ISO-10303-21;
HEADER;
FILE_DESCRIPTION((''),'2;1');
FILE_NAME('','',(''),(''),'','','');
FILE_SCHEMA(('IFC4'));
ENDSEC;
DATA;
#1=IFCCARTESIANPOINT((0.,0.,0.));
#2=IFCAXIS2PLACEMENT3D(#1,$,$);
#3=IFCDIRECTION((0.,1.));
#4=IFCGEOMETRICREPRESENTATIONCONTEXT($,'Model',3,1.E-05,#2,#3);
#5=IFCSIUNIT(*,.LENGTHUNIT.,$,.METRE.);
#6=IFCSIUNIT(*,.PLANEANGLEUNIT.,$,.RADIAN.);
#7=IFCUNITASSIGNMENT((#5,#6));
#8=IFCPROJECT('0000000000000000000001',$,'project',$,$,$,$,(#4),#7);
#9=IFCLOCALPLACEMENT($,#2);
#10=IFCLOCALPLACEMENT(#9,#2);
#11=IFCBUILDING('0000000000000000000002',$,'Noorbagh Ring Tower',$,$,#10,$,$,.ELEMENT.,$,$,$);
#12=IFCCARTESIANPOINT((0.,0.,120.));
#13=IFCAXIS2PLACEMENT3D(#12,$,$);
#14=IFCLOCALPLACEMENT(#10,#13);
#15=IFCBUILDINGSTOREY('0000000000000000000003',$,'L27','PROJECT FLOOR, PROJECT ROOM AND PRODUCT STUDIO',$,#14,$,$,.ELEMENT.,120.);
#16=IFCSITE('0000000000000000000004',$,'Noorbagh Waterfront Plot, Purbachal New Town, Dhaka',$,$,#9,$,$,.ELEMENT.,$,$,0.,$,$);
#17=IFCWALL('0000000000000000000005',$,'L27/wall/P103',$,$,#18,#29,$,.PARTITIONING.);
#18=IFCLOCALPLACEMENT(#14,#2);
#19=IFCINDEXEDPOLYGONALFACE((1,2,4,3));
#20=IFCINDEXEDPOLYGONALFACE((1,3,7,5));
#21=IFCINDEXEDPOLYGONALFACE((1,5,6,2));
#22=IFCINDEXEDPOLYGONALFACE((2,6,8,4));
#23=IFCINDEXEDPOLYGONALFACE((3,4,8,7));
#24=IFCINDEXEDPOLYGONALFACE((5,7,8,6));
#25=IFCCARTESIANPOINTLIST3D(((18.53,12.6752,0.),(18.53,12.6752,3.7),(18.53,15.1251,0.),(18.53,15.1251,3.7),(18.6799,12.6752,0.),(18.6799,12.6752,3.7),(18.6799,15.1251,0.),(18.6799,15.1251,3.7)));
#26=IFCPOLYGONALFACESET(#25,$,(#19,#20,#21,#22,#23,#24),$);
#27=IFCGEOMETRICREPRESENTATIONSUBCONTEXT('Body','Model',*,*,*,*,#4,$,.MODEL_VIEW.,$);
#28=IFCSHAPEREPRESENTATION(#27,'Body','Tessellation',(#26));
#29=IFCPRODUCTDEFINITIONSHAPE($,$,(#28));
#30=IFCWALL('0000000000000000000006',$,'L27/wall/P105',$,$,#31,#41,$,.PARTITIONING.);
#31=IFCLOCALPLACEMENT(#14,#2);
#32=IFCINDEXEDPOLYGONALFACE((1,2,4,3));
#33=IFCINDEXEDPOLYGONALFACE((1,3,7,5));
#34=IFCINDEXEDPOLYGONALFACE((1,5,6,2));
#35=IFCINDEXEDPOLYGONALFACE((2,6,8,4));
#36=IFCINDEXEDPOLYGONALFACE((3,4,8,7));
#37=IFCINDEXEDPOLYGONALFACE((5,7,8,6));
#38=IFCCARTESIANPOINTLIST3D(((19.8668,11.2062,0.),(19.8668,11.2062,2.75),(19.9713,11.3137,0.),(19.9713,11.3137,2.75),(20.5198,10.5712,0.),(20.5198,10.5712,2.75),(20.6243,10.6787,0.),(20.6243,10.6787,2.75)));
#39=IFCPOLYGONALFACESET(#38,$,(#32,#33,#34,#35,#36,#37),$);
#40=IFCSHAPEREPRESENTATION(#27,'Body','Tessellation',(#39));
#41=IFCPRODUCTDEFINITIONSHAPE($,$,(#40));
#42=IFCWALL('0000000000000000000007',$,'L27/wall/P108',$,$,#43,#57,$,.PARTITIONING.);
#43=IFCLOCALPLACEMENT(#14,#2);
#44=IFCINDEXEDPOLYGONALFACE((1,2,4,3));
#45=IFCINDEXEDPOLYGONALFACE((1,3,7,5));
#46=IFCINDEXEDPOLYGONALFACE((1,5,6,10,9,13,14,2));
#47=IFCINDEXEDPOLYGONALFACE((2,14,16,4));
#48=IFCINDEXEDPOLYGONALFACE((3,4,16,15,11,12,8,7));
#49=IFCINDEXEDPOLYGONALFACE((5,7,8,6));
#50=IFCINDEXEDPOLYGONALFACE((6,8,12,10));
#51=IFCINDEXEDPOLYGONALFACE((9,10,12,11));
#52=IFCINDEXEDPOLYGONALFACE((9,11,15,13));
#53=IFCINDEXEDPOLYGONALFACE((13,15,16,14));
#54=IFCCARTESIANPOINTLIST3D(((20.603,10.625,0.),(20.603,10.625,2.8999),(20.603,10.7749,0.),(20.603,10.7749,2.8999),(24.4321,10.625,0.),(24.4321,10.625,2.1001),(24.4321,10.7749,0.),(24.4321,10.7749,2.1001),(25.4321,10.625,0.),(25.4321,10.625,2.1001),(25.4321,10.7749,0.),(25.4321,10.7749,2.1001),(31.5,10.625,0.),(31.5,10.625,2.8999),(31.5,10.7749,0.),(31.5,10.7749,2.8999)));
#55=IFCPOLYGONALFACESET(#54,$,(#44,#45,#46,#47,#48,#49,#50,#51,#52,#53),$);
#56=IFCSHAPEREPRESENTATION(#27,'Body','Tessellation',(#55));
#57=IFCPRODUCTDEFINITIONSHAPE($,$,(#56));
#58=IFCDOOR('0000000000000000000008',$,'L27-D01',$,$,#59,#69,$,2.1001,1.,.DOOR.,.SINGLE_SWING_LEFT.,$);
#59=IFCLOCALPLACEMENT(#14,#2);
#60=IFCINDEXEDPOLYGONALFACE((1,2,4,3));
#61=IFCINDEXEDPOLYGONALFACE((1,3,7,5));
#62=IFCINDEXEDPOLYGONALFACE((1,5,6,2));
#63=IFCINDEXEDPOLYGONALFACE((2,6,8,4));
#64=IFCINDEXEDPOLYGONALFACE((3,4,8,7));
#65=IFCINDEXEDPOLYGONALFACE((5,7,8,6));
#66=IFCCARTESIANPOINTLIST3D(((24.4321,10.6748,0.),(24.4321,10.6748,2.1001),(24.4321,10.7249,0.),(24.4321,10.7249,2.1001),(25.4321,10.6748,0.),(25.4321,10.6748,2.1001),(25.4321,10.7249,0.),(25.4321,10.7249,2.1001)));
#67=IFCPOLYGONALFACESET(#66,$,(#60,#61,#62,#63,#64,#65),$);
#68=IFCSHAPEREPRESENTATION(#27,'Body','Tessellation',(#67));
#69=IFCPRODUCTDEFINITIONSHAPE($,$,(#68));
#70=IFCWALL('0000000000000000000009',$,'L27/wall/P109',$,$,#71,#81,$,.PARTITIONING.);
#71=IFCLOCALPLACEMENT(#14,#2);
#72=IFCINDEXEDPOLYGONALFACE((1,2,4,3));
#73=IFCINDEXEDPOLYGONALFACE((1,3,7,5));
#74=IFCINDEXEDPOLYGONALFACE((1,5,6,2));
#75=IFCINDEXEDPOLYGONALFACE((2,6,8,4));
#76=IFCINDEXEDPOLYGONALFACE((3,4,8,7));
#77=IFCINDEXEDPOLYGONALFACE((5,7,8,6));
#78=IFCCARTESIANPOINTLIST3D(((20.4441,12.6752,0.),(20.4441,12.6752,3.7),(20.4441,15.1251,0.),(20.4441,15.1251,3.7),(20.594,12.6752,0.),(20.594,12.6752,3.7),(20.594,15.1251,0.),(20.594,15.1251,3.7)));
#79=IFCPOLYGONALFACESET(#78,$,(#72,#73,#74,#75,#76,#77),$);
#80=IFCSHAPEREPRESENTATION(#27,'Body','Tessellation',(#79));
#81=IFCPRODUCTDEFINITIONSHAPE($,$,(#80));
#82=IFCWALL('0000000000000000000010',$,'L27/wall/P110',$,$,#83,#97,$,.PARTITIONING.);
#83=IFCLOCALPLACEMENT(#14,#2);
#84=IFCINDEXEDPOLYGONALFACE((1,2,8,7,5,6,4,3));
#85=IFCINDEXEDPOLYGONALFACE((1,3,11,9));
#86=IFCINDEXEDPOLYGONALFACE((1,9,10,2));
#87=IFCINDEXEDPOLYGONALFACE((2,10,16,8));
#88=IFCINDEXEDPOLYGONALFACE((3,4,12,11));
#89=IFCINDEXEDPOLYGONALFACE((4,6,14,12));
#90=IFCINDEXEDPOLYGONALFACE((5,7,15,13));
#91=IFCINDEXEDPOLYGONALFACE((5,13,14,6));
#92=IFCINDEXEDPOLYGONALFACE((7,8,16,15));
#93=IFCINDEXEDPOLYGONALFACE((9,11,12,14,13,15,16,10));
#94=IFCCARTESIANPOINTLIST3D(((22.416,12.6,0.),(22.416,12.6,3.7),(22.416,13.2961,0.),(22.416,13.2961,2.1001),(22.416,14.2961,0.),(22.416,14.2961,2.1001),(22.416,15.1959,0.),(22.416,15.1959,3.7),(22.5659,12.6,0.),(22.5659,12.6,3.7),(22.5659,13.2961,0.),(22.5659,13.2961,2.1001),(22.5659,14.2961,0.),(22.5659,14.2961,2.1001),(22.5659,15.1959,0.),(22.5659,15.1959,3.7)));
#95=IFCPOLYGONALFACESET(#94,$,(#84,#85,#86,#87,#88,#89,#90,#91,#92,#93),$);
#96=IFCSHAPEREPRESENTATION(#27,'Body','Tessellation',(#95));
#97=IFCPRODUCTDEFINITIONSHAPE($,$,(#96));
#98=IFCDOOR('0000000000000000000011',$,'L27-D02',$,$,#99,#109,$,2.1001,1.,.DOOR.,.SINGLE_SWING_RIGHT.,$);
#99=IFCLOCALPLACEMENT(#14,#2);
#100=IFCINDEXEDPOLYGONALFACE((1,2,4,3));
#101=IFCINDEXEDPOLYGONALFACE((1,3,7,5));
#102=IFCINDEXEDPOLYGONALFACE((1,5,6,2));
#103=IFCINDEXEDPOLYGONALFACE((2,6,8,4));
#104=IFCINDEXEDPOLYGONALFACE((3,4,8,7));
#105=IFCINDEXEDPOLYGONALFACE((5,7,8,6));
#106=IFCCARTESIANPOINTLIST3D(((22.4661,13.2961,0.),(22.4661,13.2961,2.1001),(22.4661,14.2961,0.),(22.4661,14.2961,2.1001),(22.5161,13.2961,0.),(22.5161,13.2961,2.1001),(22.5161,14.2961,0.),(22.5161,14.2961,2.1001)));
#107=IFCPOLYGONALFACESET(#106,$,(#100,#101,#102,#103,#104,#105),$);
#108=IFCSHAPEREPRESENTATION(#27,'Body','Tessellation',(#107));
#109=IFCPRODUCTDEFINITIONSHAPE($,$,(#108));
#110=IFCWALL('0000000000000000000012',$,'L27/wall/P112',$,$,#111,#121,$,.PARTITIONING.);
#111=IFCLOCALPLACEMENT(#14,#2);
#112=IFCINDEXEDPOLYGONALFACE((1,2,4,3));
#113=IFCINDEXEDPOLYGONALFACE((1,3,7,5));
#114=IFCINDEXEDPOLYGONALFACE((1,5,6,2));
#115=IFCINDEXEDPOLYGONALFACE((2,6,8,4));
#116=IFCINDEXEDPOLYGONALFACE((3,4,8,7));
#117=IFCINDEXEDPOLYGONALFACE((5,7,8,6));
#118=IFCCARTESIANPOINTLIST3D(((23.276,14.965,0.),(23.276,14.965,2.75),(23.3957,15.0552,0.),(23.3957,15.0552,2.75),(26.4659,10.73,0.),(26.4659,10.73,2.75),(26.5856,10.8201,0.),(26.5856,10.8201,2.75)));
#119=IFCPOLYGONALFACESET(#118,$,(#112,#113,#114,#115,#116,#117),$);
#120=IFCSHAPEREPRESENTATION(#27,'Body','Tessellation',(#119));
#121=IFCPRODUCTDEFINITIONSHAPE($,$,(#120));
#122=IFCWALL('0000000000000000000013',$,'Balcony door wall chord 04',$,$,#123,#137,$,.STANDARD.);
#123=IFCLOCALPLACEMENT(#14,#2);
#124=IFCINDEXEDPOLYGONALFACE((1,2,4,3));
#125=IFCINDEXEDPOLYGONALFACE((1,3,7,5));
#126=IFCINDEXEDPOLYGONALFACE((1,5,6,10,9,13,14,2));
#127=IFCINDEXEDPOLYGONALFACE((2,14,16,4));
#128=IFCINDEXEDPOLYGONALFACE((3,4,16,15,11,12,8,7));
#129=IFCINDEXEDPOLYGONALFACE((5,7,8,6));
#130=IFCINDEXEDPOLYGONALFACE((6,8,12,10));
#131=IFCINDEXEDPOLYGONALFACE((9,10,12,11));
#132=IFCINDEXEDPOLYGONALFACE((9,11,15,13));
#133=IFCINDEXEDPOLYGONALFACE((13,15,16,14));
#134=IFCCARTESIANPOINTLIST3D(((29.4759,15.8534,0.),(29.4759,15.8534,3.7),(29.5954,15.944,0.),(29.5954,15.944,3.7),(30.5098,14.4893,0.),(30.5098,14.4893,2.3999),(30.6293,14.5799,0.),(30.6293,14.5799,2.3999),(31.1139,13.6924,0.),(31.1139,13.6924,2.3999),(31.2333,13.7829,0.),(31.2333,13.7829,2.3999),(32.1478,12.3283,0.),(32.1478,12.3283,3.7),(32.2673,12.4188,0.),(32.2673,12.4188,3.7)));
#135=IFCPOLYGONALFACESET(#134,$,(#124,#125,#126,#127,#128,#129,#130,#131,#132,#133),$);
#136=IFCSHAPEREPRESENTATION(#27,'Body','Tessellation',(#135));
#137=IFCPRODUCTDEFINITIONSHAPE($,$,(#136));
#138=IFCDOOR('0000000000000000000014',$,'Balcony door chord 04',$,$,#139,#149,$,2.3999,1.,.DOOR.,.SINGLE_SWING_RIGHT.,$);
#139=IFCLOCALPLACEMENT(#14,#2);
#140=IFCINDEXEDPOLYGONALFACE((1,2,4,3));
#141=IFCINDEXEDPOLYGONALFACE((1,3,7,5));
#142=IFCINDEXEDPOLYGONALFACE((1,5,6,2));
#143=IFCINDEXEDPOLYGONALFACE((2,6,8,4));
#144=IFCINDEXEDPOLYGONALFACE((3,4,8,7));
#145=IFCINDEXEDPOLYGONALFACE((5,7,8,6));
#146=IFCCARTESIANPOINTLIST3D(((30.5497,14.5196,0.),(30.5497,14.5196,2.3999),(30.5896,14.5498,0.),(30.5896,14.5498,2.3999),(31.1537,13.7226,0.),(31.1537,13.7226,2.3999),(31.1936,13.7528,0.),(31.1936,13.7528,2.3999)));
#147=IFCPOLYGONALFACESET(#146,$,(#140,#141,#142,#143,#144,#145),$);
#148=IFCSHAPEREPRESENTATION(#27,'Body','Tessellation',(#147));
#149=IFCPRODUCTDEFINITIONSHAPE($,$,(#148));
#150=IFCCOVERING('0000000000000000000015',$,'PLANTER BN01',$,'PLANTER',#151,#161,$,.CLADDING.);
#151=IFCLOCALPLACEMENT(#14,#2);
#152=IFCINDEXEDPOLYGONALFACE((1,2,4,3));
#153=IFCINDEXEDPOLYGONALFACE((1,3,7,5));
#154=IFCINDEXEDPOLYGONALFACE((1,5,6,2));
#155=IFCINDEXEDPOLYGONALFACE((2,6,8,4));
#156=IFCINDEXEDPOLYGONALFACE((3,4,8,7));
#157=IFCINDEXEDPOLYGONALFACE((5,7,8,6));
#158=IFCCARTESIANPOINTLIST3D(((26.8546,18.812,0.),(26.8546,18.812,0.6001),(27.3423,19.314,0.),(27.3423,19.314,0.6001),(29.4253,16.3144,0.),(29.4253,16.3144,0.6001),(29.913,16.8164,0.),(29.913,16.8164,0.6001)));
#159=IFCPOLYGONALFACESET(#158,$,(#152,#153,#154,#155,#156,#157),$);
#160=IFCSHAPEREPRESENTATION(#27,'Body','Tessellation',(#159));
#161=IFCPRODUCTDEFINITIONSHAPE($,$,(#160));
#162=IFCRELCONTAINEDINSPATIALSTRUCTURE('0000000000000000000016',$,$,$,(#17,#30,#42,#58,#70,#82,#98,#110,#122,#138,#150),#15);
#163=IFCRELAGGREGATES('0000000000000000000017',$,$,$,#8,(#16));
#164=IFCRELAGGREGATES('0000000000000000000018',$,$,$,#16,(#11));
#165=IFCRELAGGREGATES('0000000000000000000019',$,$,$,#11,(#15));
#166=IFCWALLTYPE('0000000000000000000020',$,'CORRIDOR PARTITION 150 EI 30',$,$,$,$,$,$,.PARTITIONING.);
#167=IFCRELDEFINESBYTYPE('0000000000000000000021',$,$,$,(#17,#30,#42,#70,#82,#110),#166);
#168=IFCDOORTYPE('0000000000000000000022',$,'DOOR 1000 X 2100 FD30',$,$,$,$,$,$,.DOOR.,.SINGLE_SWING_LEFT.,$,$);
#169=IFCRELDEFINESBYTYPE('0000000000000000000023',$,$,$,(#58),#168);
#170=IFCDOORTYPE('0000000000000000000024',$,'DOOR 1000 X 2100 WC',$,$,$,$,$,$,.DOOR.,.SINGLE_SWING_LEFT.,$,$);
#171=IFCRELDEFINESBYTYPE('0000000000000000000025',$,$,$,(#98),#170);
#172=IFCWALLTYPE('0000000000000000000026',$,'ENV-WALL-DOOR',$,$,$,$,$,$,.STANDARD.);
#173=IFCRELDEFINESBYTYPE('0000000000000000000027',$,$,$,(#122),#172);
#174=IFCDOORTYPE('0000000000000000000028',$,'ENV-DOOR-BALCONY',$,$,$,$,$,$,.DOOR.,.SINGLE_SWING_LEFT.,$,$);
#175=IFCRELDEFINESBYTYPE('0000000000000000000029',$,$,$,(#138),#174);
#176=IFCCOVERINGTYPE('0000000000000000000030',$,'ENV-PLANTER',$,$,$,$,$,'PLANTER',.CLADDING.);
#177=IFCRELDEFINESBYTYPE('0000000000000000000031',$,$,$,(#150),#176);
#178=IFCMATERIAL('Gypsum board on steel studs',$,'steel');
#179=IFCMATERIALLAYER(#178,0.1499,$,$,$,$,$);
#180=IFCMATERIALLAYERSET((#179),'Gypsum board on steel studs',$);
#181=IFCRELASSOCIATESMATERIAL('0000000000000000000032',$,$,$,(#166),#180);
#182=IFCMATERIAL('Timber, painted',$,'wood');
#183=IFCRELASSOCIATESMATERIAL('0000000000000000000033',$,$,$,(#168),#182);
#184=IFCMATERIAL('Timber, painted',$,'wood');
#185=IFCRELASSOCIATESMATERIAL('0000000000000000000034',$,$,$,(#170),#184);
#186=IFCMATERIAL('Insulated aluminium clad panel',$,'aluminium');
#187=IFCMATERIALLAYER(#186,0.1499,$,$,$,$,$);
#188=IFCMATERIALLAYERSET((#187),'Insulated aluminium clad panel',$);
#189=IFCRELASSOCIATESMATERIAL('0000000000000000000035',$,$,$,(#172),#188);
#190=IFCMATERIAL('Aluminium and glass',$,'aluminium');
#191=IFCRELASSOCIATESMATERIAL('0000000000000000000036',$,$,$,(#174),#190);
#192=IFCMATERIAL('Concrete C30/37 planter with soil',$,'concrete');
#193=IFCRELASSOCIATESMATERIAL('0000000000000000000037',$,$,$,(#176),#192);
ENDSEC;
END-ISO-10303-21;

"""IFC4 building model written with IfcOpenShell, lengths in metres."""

from ifc_helpers import new_model, si_unit, direction, frame, frame_2d, origin, origin_2d, place, context, subcontext, project, spatial, rectangle, extrude, material, layer, layer_set, type_object, element, fill, save


model = new_model("IFC4")

# Units and contexts
model_context = context("Model", 3, precision=1e-05, world=origin(), true_north=direction((0.0, 1.0)))
body_context = subcontext(model_context, "Body", "Model", "MODEL_VIEW")
ifc_project = project(units=[si_unit("LENGTHUNIT", "METRE"), si_unit("PLANEANGLEUNIT", "RADIAN")], contexts=[model_context])

# Site, building, storey
site_placement = place(None, origin())
site = spatial("IfcSite", under=ifc_project, at=site_placement, Name="Noorbagh Waterfront Plot, Purbachal New Town, Dhaka", CompositionType="ELEMENT", RefElevation=0.0)
building_placement = place(site_placement, origin())
building = spatial("IfcBuilding", under=site, at=building_placement, Name="Noorbagh Ring Tower", CompositionType="ELEMENT")
storey_placement = place(building_placement, frame((0.0, 0.0, 120.0)))
storey = spatial("IfcBuildingStorey", under=building, at=storey_placement, Name="L27", Description="PROJECT FLOOR, PROJECT ROOM AND PRODUCT STUDIO", CompositionType="ELEMENT", Elevation=120.0)

# Walls
ifc_material_1 = material(Name="Gypsum board on steel studs", Category="steel")
ifc_layer_1 = layer(ifc_material_1, 0.1499)
ifc_layer_set_1 = layer_set([ifc_layer_1], Name="Gypsum board on steel studs")
wall_type_1 = type_object("IfcWallType", Name="CORRIDOR PARTITION 150 EI 30", PredefinedType="PARTITIONING", material=ifc_layer_set_1)
wall_1_placement = place(storey_placement, frame((18.605, 12.675, 0.0), z_axis=(0.0, 0.0, 1.0), x_axis=(0.0, 1.0, 0.0)))
element("IfcWall", 1, at=wall_1_placement, inside=storey, type_object=wall_type_1, Name="L27/wall/P103", PredefinedType="PARTITIONING", context=body_context, shape_type="SweptSolid", body=[
    extrude(rectangle(XDim=2.45, YDim=0.1499, at=frame_2d((1.2251, 0.0))), origin(), (0.0, 0.0, 1.0), 3.7),
])
wall_2_placement = place(storey_placement, frame((19.9189, 11.26, 0.0), z_axis=(0.0, 0.0, 1.0), x_axis=(0.716954, -0.69712, 0.0)))
element("IfcWall", 2, at=wall_2_placement, inside=storey, type_object=wall_type_1, Name="L27/wall/P105", PredefinedType="PARTITIONING", context=body_context, shape_type="SweptSolid", body=[
    extrude(rectangle(XDim=0.9109, YDim=0.1499, at=frame_2d((0.4556, 0.0))), origin(), (0.0, 0.0, 1.0), 2.75),
])

# Wall, opening, door
wall_3_placement = place(storey_placement, frame((20.603, 10.7, 0.0), z_axis=(0.0, 0.0, 1.0), x_axis=(1.0, 0.0, 0.0)))
wall_3 = element("IfcWall", 3, at=wall_3_placement, inside=storey, type_object=wall_type_1, Name="L27/wall/P108", PredefinedType="PARTITIONING", context=body_context, shape_type="SweptSolid", body=[
    extrude(rectangle(XDim=10.897, YDim=0.1499, at=frame_2d((5.4485, 0.0))), origin(), (0.0, 0.0, 1.0), 2.8999),
])
opening_1_placement = place(wall_3_placement, frame((3.8291, 0.0, 0.0)))
opening_1 = element("IfcOpeningElement", 4, at=opening_1_placement, cuts=wall_3, PredefinedType="OPENING", context=body_context, shape_type="SweptSolid", body=[
    extrude(rectangle(XDim=1.0, YDim=2.1001, at=frame_2d((0.5, 1.05))), frame((0.0, 0.085, 0.0), z_axis=(0.0, -1.0, 0.0), x_axis=(1.0, 0.0, 0.0)), (0.0, 0.0, 1.0), 0.1699),
])
ifc_material_2 = material(Name="Timber, painted", Category="wood")
door_type_1 = type_object("IfcDoorType", Name="DOOR 1000 X 2100 FD30", OperationType="SINGLE_SWING_LEFT", PredefinedType="DOOR", material=ifc_material_2)
door_1_placement = place(opening_1_placement, origin())
door_1 = element("IfcDoor", 5, at=door_1_placement, inside=storey, type_object=door_type_1, Name="L27-D01", OperationType="SINGLE_SWING_LEFT", OverallHeight=2.1001, OverallWidth=1.0, PredefinedType="DOOR", context=body_context, shape_type="SweptSolid", body=[
    extrude(rectangle(XDim=1.0, YDim=2.1001, at=frame_2d((0.5, 1.05))), frame((0.0, 0.0249, 0.0), z_axis=(0.0, -1.0, 0.0), x_axis=(1.0, 0.0, 0.0)), (0.0, 0.0, 1.0), 0.05),
])
fill(opening_1, door_1)

# Wall
wall_4_placement = place(storey_placement, frame((20.519, 12.675, 0.0), z_axis=(0.0, 0.0, 1.0), x_axis=(0.0, 1.0, 0.0)))
element("IfcWall", 6, at=wall_4_placement, inside=storey, type_object=wall_type_1, Name="L27/wall/P109", PredefinedType="PARTITIONING", context=body_context, shape_type="SweptSolid", body=[
    extrude(rectangle(XDim=2.45, YDim=0.1499, at=frame_2d((1.2251, 0.0))), origin(), (0.0, 0.0, 1.0), 3.7),
])

# Wall, opening, door
wall_5_placement = place(storey_placement, frame((22.491, 12.6001, 0.0), z_axis=(0.0, 0.0, 1.0), x_axis=(0.0, 1.0, 0.0)))
wall_5 = element("IfcWall", 7, at=wall_5_placement, inside=storey, type_object=wall_type_1, Name="L27/wall/P110", PredefinedType="PARTITIONING", context=body_context, shape_type="SweptSolid", body=[
    extrude(rectangle(XDim=2.5959, YDim=0.1499, at=frame_2d((1.2979, 0.0))), origin(), (0.0, 0.0, 1.0), 3.7),
])
opening_2_placement = place(wall_5_placement, frame((0.696, 0.0, 0.0)))
opening_2 = element("IfcOpeningElement", 8, at=opening_2_placement, cuts=wall_5, PredefinedType="OPENING", context=body_context, shape_type="SweptSolid", body=[
    extrude(rectangle(XDim=1.0, YDim=2.1001, at=frame_2d((0.5, 1.05))), frame((0.0, 0.085, 0.0), z_axis=(0.0, -1.0, 0.0), x_axis=(1.0, 0.0, 0.0)), (0.0, 0.0, 1.0), 0.1699),
])
ifc_material_3 = material(Name="Timber, painted", Category="wood")
door_type_2 = type_object("IfcDoorType", Name="DOOR 1000 X 2100 WC", OperationType="SINGLE_SWING_LEFT", PredefinedType="DOOR", material=ifc_material_3)
door_2_placement = place(opening_2_placement, origin())
door_2 = element("IfcDoor", 9, at=door_2_placement, inside=storey, type_object=door_type_2, Name="L27-D02", OperationType="SINGLE_SWING_RIGHT", OverallHeight=2.1001, OverallWidth=1.0, PredefinedType="DOOR", context=body_context, shape_type="SweptSolid", body=[
    extrude(rectangle(XDim=1.0, YDim=2.1001, at=frame_2d((0.5, 1.05))), frame((0.0, 0.0249, 0.0), z_axis=(0.0, -1.0, 0.0), x_axis=(1.0, 0.0, 0.0)), (0.0, 0.0, 1.0), 0.05),
])
fill(opening_2, door_2)

# Wall
wall_6_placement = place(storey_placement, frame((23.3359, 15.01, 0.0), z_axis=(0.0, 0.0, 1.0), x_axis=(0.601642, -0.798766, 0.0)))
element("IfcWall", 10, at=wall_6_placement, inside=storey, type_object=wall_type_1, Name="L27/wall/P112", PredefinedType="PARTITIONING", context=body_context, shape_type="SweptSolid", body=[
    extrude(rectangle(XDim=5.302, YDim=0.1499, at=frame_2d((2.6509, 0.0))), origin(), (0.0, 0.0, 1.0), 2.75),
])

# Wall, opening, door
ifc_material_4 = material(Name="Insulated aluminium clad panel", Category="aluminium")
ifc_layer_2 = layer(ifc_material_4, 0.1499)
ifc_layer_set_2 = layer_set([ifc_layer_2], Name="Insulated aluminium clad panel")
wall_type_2 = type_object("IfcWallType", Name="ENV-WALL-DOOR", PredefinedType="STANDARD", material=ifc_layer_set_2)
wall_7_placement = place(storey_placement, frame((32.2075, 12.3735, 0.0), z_axis=(0.0, 0.0, 1.0), x_axis=(-0.604046, 0.79695, 0.0)))
wall_7 = element("IfcWall", 11, at=wall_7_placement, inside=storey, type_object=wall_type_2, Name="Balcony door wall chord 04", PredefinedType="STANDARD", context=body_context, shape_type="SweptSolid", body=[
    extrude(rectangle(XDim=4.4233, YDim=0.1499, at=frame_2d((2.2117, 0.0))), origin(), (0.0, 0.0, 1.0), 3.7),
])
opening_3_placement = place(wall_7_placement, frame((1.7117, 0.0, 0.0)))
opening_3 = element("IfcOpeningElement", 12, at=opening_3_placement, cuts=wall_7, PredefinedType="OPENING", context=body_context, shape_type="SweptSolid", body=[
    extrude(rectangle(XDim=1.0, YDim=2.3999, at=frame_2d((0.5, 1.2))), frame((0.0, 0.085, 0.0), z_axis=(0.0, -1.0, 0.0), x_axis=(1.0, 0.0, 0.0)), (0.0, 0.0, 1.0), 0.1699),
])
ifc_material_5 = material(Name="Aluminium and glass", Category="aluminium")
door_type_3 = type_object("IfcDoorType", Name="ENV-DOOR-BALCONY", OperationType="SINGLE_SWING_LEFT", PredefinedType="DOOR", material=ifc_material_5)
door_3_placement = place(opening_3_placement, origin())
door_3 = element("IfcDoor", 13, at=door_3_placement, inside=storey, type_object=door_type_3, Name="Balcony door chord 04", OperationType="SINGLE_SWING_RIGHT", OverallHeight=2.3999, OverallWidth=1.0, PredefinedType="DOOR", context=body_context, shape_type="SweptSolid", body=[
    extrude(rectangle(XDim=1.0, YDim=2.3999, at=frame_2d((0.5, 1.2))), frame((0.0, 0.0249, 0.0), z_axis=(0.0, -1.0, 0.0), x_axis=(1.0, 0.0, 0.0)), (0.0, 0.0, 1.0), 0.05),
])
fill(opening_3, door_3)

# Covering
ifc_material_6 = material(Name="Concrete C30/37 planter with soil", Category="concrete")
covering_type = type_object("IfcCoveringType", Name="ENV-PLANTER", ElementType="PLANTER", PredefinedType="CLADDING", material=ifc_material_6)
covering_placement = place(storey_placement, frame((28.3838, 17.8142, 0.0), z_axis=(0.0, 0.0, 1.0), x_axis=(-0.717225, 0.696842, 0.0)))
element("IfcCovering", 14, at=covering_placement, inside=storey, type_object=covering_type, Name="PLANTER BN01", ObjectType="PLANTER", PredefinedType="CLADDING", context=body_context, shape_type="SweptSolid", body=[
    extrude(rectangle(XDim=3.5842, YDim=0.7, at=origin_2d()), origin(), (0.0, 0.0, 1.0), 0.6001),
])

save(model, "model.ifc")
